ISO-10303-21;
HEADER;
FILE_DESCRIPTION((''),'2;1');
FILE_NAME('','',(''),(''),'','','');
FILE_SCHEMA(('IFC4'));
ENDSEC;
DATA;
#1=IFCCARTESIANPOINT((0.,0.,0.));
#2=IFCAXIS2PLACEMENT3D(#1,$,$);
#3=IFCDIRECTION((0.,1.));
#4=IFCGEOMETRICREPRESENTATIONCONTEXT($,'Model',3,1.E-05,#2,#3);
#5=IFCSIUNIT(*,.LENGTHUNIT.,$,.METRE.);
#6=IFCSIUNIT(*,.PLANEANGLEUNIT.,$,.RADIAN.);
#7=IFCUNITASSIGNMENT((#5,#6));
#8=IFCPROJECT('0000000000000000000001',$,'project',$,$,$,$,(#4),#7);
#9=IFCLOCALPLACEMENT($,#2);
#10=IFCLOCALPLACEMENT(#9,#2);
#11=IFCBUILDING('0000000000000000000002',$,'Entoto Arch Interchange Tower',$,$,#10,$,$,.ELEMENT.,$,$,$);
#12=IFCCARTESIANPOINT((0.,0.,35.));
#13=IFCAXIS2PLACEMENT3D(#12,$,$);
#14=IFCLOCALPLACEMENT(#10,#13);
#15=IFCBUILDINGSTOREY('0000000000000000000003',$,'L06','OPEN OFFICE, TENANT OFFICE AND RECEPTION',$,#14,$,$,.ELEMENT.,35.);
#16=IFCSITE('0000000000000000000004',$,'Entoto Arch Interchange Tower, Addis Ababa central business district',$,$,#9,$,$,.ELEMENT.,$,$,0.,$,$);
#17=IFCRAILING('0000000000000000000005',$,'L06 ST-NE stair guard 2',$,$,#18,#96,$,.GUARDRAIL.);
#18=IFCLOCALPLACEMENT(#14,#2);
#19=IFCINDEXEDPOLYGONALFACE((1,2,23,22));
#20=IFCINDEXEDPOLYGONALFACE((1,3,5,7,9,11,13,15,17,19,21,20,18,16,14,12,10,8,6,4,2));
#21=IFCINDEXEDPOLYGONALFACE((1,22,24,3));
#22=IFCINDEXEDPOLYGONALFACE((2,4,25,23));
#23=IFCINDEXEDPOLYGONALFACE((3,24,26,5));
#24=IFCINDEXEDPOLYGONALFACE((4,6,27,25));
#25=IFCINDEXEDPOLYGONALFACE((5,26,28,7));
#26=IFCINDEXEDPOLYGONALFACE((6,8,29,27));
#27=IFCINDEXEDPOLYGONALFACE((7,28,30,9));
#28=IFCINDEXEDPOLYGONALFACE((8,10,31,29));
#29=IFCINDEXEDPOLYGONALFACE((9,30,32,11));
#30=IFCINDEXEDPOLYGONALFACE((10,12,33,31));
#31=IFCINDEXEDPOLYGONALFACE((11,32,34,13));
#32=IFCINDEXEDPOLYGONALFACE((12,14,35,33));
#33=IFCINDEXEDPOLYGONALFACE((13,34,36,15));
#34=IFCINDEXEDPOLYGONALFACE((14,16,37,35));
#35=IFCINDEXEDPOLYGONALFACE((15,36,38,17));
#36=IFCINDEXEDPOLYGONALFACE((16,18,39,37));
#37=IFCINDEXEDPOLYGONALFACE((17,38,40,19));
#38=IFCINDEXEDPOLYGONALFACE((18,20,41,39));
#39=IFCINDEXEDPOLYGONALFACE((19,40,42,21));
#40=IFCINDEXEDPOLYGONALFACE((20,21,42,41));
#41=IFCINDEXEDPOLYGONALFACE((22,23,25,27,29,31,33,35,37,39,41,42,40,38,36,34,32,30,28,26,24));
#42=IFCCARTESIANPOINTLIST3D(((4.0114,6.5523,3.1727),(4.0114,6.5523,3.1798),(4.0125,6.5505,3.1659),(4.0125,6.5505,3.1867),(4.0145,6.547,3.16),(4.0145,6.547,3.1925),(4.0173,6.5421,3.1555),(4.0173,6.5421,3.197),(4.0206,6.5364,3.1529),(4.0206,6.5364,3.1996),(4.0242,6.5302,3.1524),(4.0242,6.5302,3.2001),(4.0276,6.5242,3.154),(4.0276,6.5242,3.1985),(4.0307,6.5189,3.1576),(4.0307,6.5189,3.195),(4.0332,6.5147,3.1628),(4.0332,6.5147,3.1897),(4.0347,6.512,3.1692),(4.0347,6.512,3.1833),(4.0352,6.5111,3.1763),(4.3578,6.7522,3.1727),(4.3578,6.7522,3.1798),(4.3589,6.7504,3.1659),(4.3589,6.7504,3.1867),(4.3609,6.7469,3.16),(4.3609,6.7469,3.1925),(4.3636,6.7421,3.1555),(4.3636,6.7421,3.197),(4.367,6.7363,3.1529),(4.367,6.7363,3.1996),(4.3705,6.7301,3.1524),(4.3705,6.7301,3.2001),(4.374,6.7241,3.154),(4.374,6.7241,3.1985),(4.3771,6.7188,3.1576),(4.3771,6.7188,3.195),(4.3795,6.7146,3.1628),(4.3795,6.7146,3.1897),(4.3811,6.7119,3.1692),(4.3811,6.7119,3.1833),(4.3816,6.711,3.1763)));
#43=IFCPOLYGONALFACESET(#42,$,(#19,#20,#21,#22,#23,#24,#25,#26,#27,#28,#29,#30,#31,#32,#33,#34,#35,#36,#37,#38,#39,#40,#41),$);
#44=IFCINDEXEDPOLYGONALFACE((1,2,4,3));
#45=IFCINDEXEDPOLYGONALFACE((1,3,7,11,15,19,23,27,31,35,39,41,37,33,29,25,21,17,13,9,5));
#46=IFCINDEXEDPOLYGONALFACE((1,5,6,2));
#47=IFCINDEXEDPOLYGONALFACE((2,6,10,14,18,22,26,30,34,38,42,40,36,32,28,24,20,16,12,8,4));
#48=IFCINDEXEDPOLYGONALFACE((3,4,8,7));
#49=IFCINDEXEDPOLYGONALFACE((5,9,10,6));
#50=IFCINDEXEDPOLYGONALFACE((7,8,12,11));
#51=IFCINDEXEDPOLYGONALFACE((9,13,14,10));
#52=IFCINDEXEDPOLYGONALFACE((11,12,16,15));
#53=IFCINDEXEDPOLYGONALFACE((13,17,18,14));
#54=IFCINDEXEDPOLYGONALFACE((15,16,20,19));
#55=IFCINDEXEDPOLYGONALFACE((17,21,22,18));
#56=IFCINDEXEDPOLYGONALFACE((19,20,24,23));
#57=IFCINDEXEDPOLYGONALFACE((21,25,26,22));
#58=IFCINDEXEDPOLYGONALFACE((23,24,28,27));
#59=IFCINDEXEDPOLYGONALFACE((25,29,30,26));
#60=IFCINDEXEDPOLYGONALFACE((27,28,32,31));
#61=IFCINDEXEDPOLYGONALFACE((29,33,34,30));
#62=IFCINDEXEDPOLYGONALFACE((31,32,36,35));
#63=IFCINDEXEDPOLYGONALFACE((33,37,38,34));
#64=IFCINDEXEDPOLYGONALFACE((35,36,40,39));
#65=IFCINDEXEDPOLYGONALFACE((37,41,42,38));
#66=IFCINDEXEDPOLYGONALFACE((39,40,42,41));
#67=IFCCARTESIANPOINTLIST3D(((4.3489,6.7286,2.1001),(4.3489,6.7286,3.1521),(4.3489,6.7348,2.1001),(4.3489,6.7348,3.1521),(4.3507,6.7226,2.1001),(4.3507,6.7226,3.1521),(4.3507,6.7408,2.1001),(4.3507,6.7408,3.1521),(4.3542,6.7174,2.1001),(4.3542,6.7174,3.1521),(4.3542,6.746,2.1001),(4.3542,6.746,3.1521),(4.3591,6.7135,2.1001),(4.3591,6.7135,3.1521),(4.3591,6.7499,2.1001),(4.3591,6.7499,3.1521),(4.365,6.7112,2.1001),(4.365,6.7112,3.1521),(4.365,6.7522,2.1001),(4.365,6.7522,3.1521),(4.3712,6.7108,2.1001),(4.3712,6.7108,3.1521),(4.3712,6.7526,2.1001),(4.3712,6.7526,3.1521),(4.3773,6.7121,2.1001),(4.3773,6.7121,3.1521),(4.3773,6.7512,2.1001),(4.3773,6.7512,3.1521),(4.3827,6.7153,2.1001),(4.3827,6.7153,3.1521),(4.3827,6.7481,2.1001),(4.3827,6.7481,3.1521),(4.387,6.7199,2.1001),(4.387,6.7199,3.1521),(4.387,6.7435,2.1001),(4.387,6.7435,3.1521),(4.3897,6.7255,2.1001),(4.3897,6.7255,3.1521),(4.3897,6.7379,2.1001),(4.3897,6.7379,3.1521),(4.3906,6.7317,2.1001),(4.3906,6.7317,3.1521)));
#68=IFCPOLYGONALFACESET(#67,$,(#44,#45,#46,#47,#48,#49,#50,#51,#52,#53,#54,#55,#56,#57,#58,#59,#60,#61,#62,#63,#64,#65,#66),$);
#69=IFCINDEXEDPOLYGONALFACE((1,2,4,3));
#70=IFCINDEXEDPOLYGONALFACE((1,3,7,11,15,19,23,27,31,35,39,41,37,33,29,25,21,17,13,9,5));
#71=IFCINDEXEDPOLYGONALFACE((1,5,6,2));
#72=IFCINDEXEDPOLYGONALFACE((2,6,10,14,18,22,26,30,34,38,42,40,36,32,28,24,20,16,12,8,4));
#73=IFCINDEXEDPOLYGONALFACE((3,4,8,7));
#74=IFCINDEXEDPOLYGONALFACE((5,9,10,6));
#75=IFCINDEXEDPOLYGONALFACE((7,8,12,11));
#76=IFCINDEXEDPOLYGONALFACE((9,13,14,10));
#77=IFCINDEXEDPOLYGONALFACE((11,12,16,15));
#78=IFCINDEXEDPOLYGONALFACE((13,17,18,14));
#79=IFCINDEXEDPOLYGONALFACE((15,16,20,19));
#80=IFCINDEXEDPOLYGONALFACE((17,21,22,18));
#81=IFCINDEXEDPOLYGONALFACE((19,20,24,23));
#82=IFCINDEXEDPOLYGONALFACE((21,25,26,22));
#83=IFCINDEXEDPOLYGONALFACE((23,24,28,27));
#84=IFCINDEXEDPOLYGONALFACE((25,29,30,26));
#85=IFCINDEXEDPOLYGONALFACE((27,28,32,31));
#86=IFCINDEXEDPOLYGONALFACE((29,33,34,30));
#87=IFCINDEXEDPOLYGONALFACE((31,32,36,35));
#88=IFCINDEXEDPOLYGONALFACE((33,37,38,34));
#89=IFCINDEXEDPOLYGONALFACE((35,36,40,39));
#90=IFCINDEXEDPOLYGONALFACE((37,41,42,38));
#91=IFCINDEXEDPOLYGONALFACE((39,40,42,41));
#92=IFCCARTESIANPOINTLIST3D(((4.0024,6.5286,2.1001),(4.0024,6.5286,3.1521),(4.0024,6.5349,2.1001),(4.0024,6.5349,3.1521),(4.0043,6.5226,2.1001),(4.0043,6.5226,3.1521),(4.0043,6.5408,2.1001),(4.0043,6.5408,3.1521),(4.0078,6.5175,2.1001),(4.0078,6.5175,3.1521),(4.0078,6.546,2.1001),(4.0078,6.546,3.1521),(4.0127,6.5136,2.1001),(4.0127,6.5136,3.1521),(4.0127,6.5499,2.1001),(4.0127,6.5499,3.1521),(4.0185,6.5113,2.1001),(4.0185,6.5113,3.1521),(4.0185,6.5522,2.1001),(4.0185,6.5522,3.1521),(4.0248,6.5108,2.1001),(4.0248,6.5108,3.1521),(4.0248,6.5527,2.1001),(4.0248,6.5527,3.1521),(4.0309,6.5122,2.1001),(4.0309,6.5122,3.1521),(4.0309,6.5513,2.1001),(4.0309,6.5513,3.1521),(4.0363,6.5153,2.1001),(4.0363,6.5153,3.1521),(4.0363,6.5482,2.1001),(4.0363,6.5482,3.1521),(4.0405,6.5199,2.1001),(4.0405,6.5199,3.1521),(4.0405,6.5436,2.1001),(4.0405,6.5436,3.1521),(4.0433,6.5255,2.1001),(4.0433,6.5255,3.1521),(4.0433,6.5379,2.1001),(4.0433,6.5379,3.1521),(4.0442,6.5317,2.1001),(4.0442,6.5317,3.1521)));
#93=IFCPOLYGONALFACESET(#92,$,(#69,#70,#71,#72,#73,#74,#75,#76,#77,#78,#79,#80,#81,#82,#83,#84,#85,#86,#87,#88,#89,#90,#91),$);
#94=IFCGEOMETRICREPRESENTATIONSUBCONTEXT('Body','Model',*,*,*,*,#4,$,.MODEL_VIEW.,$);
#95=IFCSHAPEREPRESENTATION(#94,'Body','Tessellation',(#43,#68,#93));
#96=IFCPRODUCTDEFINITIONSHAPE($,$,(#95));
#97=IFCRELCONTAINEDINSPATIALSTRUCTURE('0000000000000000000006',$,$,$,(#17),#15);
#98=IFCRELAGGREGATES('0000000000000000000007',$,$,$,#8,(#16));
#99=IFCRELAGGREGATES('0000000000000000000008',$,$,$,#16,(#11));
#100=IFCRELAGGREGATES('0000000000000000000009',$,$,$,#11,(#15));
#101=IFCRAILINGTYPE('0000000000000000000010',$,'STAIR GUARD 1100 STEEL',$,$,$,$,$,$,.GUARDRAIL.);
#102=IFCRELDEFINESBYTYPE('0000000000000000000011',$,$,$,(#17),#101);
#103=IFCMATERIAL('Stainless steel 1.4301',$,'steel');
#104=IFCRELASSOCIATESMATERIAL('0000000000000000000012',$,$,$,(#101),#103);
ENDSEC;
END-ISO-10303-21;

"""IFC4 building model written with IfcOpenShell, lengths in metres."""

from ifc_helpers import new_model, si_unit, direction, frame, origin, origin_2d, place, context, subcontext, project, spatial, circle, extrude, material, type_object, element, save


model = new_model("IFC4")

# Units and contexts
model_context = context("Model", 3, precision=1e-05, world=origin(), true_north=direction((0.0, 1.0)))
body_context = subcontext(model_context, "Body", "Model", "MODEL_VIEW")
ifc_project = project(units=[si_unit("LENGTHUNIT", "METRE"), si_unit("PLANEANGLEUNIT", "RADIAN")], contexts=[model_context])

# Site, building, storey
site_placement = place(None, origin())
site = spatial("IfcSite", under=ifc_project, at=site_placement, Name="Entoto Arch Interchange Tower, Addis Ababa central business district", CompositionType="ELEMENT", RefElevation=0.0)
building_placement = place(site_placement, origin())
building = spatial("IfcBuilding", under=site, at=building_placement, Name="Entoto Arch Interchange Tower", CompositionType="ELEMENT")
storey_placement = place(building_placement, frame((0.0, 0.0, 35.0)))
storey = spatial("IfcBuildingStorey", under=building, at=storey_placement, Name="L06", Description="OPEN OFFICE, TENANT OFFICE AND RECEPTION", CompositionType="ELEMENT", Elevation=35.0)

# Railing
ifc_material_1 = material(Name="Stainless steel 1.4301", Category="steel")
railing_type_1 = type_object("IfcRailingType", Name="STAIR GUARD 1100 STEEL", PredefinedType="GUARDRAIL", material=ifc_material_1)
railing_1_placement = place(storey_placement, frame((4.3696, 6.7317, 2.1001)))
element("IfcRailing", 1, at=railing_1_placement, inside=storey, type_object=railing_type_1, Name="L06 ST-NE stair guard 2", PredefinedType="GUARDRAIL", context=body_context, shape_type="SweptSolid", body=[
    extrude(circle(Radius=0.0239, at=origin_2d()), frame((0.0, 0.0, 1.0762), z_axis=(-0.866094, -0.499881, 0.0), x_axis=(0.499881, -0.866094, 0.0)), (0.0, 0.0, 1.0), 0.3999),
    extrude(circle(Radius=0.021, at=origin_2d()), origin(), (0.0, 0.0, 1.0), 1.052),
    extrude(circle(Radius=0.021, at=origin_2d()), frame((-0.3464, -0.2, 0.0)), (0.0, 0.0, 1.0), 1.052),
])

save(model, "model.ifc")
